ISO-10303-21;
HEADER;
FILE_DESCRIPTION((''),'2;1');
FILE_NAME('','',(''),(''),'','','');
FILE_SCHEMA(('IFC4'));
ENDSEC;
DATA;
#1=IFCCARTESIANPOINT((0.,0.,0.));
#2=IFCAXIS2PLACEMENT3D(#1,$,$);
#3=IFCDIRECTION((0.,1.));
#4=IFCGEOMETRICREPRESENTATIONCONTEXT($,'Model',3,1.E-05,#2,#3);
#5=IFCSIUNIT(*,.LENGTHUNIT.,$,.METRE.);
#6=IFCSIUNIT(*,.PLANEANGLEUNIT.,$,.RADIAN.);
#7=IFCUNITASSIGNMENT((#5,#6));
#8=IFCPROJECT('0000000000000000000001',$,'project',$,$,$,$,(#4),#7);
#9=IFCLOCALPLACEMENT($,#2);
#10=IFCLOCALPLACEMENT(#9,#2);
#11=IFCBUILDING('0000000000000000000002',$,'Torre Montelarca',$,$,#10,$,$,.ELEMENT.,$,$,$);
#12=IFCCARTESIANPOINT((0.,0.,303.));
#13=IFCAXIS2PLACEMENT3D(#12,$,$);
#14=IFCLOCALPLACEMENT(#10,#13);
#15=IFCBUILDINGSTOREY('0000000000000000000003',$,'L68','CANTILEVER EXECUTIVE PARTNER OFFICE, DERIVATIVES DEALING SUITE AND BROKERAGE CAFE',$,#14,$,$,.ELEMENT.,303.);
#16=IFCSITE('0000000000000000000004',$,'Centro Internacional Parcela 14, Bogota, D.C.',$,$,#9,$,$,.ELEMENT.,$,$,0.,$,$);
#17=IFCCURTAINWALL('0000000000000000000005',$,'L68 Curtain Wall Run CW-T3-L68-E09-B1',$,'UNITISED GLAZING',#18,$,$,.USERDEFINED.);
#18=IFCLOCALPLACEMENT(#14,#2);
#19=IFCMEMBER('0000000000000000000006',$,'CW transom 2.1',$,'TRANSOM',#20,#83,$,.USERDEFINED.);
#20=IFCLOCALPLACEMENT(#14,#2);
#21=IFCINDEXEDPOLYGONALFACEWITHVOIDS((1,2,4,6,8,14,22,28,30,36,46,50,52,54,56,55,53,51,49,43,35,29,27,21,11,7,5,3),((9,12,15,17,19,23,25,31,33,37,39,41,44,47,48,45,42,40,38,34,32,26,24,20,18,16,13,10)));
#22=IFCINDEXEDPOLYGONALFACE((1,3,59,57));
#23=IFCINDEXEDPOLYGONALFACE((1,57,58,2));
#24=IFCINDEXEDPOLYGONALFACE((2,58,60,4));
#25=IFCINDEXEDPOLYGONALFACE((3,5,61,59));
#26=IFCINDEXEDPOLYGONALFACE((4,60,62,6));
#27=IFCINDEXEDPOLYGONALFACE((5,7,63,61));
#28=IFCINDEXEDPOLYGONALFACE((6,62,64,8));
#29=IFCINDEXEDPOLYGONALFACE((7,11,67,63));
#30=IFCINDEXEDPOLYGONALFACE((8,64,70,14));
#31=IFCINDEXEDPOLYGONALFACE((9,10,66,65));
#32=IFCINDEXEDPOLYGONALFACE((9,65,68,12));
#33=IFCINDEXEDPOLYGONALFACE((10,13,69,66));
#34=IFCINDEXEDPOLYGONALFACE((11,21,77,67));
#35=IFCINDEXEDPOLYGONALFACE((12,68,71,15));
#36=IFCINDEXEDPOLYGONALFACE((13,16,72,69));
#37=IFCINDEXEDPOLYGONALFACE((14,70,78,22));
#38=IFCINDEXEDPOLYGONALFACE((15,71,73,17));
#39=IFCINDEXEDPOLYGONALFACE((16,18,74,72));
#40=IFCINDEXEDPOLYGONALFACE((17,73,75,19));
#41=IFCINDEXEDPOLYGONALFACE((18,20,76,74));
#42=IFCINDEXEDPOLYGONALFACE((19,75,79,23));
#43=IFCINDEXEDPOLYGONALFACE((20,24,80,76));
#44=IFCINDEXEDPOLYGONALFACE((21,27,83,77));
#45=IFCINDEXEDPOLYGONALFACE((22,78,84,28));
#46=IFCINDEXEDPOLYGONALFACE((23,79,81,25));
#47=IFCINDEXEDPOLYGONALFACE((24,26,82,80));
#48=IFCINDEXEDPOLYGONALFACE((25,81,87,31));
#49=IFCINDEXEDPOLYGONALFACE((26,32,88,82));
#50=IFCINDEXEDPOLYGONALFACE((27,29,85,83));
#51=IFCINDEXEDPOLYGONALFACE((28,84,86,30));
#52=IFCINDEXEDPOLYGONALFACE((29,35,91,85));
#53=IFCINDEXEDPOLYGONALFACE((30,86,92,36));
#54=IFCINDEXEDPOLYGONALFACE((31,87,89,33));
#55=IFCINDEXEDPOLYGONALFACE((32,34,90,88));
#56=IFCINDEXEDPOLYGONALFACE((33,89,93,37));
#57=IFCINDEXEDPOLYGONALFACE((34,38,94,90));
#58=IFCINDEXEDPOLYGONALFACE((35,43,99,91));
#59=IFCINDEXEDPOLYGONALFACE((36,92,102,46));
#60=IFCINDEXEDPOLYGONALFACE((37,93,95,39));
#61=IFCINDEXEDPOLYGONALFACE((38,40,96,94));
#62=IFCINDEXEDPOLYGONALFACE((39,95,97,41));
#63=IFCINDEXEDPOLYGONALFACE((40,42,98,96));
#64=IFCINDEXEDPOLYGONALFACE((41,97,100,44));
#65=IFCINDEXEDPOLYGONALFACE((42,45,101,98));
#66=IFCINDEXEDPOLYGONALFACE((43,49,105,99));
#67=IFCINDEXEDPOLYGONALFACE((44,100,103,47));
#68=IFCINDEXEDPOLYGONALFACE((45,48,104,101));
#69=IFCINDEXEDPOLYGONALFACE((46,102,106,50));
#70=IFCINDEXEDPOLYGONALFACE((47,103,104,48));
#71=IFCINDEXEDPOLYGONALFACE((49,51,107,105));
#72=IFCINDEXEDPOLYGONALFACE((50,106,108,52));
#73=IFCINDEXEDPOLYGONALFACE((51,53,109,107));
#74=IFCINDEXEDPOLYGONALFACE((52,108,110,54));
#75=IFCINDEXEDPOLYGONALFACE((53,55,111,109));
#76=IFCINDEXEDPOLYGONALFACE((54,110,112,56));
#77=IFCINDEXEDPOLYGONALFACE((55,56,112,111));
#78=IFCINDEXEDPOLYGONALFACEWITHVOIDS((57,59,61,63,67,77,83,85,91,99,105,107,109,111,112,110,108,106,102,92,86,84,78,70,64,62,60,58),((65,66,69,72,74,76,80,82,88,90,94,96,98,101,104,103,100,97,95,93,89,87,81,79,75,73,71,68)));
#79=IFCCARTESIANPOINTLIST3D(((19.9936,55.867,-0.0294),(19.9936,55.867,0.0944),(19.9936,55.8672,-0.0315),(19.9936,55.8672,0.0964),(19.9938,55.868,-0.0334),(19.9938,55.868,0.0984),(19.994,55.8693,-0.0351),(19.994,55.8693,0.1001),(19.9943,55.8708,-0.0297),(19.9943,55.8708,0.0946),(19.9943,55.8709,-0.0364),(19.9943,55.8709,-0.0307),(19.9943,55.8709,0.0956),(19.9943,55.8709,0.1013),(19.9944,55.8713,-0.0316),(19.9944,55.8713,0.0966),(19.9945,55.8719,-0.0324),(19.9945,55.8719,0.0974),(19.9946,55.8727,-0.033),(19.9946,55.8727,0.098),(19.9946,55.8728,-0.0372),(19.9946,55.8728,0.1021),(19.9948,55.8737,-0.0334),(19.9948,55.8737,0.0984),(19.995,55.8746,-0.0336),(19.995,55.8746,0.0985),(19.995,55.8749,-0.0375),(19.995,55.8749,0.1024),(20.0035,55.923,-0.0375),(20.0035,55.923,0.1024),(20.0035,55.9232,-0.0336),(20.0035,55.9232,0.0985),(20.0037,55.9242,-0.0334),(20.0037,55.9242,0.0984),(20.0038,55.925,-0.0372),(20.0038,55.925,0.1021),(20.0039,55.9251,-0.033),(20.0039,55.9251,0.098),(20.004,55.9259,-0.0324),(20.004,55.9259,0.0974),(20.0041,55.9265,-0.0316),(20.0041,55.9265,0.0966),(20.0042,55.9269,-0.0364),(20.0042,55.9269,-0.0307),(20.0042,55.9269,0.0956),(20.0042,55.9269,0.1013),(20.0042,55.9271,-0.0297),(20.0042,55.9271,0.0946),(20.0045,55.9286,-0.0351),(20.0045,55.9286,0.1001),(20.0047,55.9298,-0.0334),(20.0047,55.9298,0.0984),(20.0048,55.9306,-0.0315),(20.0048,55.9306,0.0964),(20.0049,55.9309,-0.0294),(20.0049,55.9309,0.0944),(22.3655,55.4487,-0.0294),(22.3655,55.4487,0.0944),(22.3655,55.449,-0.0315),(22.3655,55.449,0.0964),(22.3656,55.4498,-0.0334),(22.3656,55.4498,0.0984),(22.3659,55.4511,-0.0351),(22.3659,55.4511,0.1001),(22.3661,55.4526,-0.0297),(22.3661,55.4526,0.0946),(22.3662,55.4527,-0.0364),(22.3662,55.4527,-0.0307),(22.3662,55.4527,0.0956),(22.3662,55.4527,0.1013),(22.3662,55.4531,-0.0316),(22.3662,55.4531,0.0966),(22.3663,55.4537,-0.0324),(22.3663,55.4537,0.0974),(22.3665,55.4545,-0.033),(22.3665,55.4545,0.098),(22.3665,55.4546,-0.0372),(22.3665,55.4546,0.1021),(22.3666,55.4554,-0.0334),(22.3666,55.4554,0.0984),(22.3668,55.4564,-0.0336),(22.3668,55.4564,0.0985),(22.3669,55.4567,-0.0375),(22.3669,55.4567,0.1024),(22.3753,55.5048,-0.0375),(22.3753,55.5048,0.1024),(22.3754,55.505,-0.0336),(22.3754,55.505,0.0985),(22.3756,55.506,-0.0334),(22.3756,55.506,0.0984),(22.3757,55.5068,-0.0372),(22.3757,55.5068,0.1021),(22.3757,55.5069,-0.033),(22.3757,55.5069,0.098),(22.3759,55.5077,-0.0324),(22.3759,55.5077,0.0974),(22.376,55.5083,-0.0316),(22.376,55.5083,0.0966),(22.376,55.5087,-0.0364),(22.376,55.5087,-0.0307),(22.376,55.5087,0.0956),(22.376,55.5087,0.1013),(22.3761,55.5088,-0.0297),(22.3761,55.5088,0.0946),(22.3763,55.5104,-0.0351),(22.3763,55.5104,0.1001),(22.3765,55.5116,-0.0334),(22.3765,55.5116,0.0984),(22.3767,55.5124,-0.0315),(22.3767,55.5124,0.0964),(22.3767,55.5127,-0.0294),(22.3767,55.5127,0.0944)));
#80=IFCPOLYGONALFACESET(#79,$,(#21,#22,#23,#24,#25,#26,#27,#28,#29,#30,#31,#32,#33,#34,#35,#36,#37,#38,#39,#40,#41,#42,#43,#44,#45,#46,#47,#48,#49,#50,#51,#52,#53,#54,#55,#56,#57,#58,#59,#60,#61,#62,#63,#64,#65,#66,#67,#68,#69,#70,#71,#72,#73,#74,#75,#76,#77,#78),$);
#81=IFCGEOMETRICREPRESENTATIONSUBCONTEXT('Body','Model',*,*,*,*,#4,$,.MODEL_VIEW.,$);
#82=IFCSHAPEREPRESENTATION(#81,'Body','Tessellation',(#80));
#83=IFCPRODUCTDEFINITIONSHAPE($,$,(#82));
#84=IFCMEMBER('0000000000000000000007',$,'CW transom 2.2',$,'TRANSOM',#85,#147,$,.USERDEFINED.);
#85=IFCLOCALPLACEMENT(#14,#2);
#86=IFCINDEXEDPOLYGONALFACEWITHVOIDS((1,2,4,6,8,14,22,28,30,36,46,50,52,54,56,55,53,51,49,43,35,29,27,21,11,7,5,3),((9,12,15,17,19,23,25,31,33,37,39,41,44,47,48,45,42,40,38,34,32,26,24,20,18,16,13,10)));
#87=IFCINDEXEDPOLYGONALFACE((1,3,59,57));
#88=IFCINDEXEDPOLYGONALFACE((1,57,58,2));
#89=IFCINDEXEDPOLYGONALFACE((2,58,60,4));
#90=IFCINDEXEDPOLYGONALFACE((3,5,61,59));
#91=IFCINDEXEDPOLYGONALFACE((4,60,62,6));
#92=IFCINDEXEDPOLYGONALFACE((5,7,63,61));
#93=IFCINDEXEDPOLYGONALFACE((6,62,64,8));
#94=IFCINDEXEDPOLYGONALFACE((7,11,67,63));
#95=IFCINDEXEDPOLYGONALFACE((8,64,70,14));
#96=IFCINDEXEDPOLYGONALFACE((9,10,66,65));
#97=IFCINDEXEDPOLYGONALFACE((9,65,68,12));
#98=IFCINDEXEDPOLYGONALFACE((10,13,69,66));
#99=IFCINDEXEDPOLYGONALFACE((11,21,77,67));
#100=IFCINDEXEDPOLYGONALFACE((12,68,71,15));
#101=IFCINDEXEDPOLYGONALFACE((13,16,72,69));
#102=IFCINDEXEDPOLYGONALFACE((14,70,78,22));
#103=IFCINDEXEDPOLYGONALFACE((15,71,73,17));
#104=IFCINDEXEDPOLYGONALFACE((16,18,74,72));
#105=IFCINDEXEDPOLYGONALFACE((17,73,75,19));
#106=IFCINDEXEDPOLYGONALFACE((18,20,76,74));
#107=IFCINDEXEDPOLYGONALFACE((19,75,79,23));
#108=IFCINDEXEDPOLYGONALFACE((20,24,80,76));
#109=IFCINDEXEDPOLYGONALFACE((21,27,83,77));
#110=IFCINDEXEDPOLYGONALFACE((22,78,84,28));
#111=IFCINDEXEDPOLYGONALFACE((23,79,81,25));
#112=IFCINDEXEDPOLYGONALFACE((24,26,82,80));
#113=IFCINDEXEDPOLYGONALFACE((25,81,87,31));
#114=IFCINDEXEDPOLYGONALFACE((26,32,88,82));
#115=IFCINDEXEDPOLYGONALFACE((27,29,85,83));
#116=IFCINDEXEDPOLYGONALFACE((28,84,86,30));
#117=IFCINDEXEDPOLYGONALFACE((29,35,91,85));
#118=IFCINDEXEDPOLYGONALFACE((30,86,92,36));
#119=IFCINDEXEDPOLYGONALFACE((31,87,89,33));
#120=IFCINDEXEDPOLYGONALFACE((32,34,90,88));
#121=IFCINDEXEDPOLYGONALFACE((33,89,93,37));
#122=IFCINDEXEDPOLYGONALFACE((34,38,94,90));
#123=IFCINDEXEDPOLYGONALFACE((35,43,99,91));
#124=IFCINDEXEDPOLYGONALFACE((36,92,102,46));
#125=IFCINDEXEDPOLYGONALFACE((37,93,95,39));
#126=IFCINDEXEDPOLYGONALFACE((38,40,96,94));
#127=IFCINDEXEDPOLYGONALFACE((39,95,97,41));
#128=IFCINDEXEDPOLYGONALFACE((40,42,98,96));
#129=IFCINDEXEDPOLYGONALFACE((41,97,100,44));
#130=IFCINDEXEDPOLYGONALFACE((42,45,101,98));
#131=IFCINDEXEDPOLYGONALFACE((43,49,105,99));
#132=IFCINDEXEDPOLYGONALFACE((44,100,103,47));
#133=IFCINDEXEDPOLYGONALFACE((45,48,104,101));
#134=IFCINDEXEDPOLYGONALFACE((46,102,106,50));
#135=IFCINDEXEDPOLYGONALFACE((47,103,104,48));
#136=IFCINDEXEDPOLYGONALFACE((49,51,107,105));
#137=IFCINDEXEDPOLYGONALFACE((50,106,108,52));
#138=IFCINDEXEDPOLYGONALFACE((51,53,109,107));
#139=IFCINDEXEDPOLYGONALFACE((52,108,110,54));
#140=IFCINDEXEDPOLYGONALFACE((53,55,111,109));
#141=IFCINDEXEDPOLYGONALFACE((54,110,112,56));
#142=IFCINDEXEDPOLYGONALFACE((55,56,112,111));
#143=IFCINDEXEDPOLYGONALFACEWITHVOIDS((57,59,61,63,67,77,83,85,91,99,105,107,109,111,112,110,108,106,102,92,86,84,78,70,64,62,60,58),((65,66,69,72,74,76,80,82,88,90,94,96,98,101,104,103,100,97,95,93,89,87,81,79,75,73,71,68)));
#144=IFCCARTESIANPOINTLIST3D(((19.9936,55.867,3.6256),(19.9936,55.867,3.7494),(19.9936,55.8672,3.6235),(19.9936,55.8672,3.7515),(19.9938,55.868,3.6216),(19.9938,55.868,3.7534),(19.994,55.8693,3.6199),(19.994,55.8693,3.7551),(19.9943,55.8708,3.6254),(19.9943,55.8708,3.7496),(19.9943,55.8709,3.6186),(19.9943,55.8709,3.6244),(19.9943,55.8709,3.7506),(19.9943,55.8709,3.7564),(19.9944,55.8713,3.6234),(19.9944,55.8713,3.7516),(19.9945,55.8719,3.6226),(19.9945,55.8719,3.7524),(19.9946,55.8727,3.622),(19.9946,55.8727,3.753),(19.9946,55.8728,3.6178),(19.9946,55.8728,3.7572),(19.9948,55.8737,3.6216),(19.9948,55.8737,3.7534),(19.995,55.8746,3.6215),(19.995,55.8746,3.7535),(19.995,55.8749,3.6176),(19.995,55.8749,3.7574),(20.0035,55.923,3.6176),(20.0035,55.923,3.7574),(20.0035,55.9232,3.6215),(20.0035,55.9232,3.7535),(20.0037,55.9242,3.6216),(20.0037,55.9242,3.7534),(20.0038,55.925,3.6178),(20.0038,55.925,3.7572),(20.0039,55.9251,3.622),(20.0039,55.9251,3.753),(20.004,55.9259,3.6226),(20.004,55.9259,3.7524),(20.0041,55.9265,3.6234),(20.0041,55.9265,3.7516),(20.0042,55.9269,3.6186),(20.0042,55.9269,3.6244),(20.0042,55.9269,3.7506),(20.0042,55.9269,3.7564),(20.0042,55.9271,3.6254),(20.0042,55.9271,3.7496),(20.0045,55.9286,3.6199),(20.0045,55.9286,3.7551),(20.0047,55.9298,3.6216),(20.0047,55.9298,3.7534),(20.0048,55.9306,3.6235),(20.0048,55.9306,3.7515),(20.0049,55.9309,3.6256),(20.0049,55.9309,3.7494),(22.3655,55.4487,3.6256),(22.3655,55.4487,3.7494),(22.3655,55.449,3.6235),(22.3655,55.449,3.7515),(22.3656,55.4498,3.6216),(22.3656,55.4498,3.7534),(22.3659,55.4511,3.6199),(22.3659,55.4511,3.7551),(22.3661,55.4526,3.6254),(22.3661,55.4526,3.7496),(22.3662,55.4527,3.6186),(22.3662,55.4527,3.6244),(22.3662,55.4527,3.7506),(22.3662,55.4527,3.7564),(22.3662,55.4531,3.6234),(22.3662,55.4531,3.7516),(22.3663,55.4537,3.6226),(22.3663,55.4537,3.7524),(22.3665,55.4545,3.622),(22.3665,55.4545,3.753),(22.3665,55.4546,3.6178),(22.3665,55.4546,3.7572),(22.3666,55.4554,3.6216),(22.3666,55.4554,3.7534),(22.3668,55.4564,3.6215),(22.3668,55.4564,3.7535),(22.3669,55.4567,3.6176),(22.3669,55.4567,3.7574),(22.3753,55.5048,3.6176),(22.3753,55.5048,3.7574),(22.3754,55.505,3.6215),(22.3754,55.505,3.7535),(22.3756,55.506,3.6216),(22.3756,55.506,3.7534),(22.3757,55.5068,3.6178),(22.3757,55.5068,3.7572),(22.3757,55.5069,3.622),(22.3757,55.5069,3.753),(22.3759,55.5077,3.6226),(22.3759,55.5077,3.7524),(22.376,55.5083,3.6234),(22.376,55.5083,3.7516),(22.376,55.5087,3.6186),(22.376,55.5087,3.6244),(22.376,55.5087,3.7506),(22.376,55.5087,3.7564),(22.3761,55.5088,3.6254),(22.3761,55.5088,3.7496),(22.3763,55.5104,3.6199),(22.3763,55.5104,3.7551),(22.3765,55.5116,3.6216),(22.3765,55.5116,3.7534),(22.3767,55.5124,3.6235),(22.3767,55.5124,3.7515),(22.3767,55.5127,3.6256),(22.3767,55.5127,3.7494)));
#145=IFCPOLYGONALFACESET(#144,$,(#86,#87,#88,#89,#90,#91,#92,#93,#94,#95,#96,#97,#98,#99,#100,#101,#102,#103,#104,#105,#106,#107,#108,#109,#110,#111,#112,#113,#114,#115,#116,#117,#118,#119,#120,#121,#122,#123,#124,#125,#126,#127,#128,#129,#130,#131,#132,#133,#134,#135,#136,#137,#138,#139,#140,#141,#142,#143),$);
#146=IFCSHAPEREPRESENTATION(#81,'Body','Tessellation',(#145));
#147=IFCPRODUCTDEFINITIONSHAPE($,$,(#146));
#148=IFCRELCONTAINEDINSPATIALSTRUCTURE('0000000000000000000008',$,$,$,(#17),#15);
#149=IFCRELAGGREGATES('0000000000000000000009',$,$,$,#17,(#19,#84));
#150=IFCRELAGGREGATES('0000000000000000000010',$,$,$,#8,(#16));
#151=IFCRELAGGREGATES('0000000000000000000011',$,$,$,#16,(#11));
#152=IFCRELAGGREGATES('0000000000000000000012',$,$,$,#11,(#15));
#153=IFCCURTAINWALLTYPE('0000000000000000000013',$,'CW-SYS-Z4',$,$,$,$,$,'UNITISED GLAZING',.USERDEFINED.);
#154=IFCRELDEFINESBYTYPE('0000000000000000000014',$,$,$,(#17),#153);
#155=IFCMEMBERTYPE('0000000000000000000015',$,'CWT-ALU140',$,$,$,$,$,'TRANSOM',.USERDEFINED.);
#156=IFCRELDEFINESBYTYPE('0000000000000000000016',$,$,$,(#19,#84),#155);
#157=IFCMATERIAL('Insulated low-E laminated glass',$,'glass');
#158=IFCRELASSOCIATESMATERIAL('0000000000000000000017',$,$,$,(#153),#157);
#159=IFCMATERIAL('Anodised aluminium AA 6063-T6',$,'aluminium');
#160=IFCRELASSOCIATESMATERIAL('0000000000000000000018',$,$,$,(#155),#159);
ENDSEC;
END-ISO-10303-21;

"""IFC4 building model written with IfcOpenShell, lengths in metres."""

from ifc_helpers import new_model, si_unit, direction, frame, origin, origin_2d, place, context, subcontext, project, spatial, hollow_rectangle, extrude, source, transform, mapped, material, material_profile, profile_set, type_object, element, aggregate, save


model = new_model("IFC4")

# Units and contexts
model_context = context("Model", 3, precision=1e-05, world=origin(), true_north=direction((0.0, 1.0)))
body_context = subcontext(model_context, "Body", "Model", "MODEL_VIEW")
ifc_project = project(units=[si_unit("LENGTHUNIT", "METRE"), si_unit("PLANEANGLEUNIT", "RADIAN")], contexts=[model_context])

# Site, building, storey
site_placement = place(None, origin())
site = spatial("IfcSite", under=ifc_project, at=site_placement, Name="Centro Internacional Parcela 14, Bogota, D.C.", CompositionType="ELEMENT", RefElevation=0.0)
building_placement = place(site_placement, origin())
building = spatial("IfcBuilding", under=site, at=building_placement, Name="Torre Montelarca", CompositionType="ELEMENT")
storey_placement = place(building_placement, frame((0.0, 0.0, 303.0)))
storey = spatial("IfcBuildingStorey", under=building, at=storey_placement, Name="L68", Description="CANTILEVER EXECUTIVE PARTNER OFFICE, DERIVATIVES DEALING SUITE AND BROKERAGE CAFE", CompositionType="ELEMENT", Elevation=303.0)

# Curtain wall
ifc_material_1 = material(Name="Insulated low-E laminated glass", Category="glass")
curtain_wall_type = type_object("IfcCurtainWallType", Name="CW-SYS-Z4", ElementType="UNITISED GLAZING", PredefinedType="USERDEFINED", material=ifc_material_1)
curtain_wall_1_placement = place(storey_placement, origin())
curtain_wall_1 = element("IfcCurtainWall", 1, at=curtain_wall_1_placement, inside=storey, type_object=curtain_wall_type, Name="L68 Curtain Wall Run CW-T3-L68-E09-B1", ObjectType="UNITISED GLAZING", PredefinedType="USERDEFINED")
ifc_material_2 = material(Name="Anodised aluminium AA 6063-T6", Category="aluminium")

# Members
ifc_material_profile_1 = material_profile(ifc_material_2, hollow_rectangle(XDim=0.0649, YDim=0.1399, WallThickness=0.0039, InnerFilletRadius=0.0039, OuterFilletRadius=0.0081, at=origin_2d()), Name="ALU65X140X4", Category="aluminium")
ifc_profile_set_1 = profile_set([ifc_material_profile_1], Name="Anodised aluminium AA 6063-T6")
member_type_1 = type_object("IfcMemberType", Name="CWT-ALU140", ElementType="TRANSOM", PredefinedType="USERDEFINED", material=ifc_profile_set_1)
shared_shape_1 = source(origin(), body_context, "Body", "SweptSolid", [
    extrude(hollow_rectangle(XDim=0.0649, YDim=0.1399, WallThickness=0.0039, InnerFilletRadius=0.0039, OuterFilletRadius=0.0081, at=origin_2d()), origin(), (0.0, 0.0, 1.0), 2.4084),
])
member_1_placement = place(storey_placement, frame((22.3711, 55.4807, 0.0325), z_axis=(-0.984808, 0.173647, 0.0), x_axis=(-0.173647, -0.984808, 0.0)))
member_1 = element("IfcMember", 2, at=member_1_placement, type_object=member_type_1, Name="CW transom 2.1", ObjectType="TRANSOM", PredefinedType="USERDEFINED", context=body_context, shape_type="MappedRepresentation", body=[
    mapped(shared_shape_1, transform((0.0, 0.0, 0.0), scale=1.0)),
])
member_2_placement = place(storey_placement, frame((22.3711, 55.4807, 3.6875), z_axis=(-0.984808, 0.173647, 0.0), x_axis=(-0.173647, -0.984808, 0.0)))
member_2 = element("IfcMember", 3, at=member_2_placement, type_object=member_type_1, Name="CW transom 2.2", ObjectType="TRANSOM", PredefinedType="USERDEFINED", context=body_context, shape_type="MappedRepresentation", body=[
    mapped(shared_shape_1, transform((0.0, 0.0, 0.0), scale=1.0)),
])

aggregate(curtain_wall_1, [member_1, member_2])

save(model, "model.ifc")
